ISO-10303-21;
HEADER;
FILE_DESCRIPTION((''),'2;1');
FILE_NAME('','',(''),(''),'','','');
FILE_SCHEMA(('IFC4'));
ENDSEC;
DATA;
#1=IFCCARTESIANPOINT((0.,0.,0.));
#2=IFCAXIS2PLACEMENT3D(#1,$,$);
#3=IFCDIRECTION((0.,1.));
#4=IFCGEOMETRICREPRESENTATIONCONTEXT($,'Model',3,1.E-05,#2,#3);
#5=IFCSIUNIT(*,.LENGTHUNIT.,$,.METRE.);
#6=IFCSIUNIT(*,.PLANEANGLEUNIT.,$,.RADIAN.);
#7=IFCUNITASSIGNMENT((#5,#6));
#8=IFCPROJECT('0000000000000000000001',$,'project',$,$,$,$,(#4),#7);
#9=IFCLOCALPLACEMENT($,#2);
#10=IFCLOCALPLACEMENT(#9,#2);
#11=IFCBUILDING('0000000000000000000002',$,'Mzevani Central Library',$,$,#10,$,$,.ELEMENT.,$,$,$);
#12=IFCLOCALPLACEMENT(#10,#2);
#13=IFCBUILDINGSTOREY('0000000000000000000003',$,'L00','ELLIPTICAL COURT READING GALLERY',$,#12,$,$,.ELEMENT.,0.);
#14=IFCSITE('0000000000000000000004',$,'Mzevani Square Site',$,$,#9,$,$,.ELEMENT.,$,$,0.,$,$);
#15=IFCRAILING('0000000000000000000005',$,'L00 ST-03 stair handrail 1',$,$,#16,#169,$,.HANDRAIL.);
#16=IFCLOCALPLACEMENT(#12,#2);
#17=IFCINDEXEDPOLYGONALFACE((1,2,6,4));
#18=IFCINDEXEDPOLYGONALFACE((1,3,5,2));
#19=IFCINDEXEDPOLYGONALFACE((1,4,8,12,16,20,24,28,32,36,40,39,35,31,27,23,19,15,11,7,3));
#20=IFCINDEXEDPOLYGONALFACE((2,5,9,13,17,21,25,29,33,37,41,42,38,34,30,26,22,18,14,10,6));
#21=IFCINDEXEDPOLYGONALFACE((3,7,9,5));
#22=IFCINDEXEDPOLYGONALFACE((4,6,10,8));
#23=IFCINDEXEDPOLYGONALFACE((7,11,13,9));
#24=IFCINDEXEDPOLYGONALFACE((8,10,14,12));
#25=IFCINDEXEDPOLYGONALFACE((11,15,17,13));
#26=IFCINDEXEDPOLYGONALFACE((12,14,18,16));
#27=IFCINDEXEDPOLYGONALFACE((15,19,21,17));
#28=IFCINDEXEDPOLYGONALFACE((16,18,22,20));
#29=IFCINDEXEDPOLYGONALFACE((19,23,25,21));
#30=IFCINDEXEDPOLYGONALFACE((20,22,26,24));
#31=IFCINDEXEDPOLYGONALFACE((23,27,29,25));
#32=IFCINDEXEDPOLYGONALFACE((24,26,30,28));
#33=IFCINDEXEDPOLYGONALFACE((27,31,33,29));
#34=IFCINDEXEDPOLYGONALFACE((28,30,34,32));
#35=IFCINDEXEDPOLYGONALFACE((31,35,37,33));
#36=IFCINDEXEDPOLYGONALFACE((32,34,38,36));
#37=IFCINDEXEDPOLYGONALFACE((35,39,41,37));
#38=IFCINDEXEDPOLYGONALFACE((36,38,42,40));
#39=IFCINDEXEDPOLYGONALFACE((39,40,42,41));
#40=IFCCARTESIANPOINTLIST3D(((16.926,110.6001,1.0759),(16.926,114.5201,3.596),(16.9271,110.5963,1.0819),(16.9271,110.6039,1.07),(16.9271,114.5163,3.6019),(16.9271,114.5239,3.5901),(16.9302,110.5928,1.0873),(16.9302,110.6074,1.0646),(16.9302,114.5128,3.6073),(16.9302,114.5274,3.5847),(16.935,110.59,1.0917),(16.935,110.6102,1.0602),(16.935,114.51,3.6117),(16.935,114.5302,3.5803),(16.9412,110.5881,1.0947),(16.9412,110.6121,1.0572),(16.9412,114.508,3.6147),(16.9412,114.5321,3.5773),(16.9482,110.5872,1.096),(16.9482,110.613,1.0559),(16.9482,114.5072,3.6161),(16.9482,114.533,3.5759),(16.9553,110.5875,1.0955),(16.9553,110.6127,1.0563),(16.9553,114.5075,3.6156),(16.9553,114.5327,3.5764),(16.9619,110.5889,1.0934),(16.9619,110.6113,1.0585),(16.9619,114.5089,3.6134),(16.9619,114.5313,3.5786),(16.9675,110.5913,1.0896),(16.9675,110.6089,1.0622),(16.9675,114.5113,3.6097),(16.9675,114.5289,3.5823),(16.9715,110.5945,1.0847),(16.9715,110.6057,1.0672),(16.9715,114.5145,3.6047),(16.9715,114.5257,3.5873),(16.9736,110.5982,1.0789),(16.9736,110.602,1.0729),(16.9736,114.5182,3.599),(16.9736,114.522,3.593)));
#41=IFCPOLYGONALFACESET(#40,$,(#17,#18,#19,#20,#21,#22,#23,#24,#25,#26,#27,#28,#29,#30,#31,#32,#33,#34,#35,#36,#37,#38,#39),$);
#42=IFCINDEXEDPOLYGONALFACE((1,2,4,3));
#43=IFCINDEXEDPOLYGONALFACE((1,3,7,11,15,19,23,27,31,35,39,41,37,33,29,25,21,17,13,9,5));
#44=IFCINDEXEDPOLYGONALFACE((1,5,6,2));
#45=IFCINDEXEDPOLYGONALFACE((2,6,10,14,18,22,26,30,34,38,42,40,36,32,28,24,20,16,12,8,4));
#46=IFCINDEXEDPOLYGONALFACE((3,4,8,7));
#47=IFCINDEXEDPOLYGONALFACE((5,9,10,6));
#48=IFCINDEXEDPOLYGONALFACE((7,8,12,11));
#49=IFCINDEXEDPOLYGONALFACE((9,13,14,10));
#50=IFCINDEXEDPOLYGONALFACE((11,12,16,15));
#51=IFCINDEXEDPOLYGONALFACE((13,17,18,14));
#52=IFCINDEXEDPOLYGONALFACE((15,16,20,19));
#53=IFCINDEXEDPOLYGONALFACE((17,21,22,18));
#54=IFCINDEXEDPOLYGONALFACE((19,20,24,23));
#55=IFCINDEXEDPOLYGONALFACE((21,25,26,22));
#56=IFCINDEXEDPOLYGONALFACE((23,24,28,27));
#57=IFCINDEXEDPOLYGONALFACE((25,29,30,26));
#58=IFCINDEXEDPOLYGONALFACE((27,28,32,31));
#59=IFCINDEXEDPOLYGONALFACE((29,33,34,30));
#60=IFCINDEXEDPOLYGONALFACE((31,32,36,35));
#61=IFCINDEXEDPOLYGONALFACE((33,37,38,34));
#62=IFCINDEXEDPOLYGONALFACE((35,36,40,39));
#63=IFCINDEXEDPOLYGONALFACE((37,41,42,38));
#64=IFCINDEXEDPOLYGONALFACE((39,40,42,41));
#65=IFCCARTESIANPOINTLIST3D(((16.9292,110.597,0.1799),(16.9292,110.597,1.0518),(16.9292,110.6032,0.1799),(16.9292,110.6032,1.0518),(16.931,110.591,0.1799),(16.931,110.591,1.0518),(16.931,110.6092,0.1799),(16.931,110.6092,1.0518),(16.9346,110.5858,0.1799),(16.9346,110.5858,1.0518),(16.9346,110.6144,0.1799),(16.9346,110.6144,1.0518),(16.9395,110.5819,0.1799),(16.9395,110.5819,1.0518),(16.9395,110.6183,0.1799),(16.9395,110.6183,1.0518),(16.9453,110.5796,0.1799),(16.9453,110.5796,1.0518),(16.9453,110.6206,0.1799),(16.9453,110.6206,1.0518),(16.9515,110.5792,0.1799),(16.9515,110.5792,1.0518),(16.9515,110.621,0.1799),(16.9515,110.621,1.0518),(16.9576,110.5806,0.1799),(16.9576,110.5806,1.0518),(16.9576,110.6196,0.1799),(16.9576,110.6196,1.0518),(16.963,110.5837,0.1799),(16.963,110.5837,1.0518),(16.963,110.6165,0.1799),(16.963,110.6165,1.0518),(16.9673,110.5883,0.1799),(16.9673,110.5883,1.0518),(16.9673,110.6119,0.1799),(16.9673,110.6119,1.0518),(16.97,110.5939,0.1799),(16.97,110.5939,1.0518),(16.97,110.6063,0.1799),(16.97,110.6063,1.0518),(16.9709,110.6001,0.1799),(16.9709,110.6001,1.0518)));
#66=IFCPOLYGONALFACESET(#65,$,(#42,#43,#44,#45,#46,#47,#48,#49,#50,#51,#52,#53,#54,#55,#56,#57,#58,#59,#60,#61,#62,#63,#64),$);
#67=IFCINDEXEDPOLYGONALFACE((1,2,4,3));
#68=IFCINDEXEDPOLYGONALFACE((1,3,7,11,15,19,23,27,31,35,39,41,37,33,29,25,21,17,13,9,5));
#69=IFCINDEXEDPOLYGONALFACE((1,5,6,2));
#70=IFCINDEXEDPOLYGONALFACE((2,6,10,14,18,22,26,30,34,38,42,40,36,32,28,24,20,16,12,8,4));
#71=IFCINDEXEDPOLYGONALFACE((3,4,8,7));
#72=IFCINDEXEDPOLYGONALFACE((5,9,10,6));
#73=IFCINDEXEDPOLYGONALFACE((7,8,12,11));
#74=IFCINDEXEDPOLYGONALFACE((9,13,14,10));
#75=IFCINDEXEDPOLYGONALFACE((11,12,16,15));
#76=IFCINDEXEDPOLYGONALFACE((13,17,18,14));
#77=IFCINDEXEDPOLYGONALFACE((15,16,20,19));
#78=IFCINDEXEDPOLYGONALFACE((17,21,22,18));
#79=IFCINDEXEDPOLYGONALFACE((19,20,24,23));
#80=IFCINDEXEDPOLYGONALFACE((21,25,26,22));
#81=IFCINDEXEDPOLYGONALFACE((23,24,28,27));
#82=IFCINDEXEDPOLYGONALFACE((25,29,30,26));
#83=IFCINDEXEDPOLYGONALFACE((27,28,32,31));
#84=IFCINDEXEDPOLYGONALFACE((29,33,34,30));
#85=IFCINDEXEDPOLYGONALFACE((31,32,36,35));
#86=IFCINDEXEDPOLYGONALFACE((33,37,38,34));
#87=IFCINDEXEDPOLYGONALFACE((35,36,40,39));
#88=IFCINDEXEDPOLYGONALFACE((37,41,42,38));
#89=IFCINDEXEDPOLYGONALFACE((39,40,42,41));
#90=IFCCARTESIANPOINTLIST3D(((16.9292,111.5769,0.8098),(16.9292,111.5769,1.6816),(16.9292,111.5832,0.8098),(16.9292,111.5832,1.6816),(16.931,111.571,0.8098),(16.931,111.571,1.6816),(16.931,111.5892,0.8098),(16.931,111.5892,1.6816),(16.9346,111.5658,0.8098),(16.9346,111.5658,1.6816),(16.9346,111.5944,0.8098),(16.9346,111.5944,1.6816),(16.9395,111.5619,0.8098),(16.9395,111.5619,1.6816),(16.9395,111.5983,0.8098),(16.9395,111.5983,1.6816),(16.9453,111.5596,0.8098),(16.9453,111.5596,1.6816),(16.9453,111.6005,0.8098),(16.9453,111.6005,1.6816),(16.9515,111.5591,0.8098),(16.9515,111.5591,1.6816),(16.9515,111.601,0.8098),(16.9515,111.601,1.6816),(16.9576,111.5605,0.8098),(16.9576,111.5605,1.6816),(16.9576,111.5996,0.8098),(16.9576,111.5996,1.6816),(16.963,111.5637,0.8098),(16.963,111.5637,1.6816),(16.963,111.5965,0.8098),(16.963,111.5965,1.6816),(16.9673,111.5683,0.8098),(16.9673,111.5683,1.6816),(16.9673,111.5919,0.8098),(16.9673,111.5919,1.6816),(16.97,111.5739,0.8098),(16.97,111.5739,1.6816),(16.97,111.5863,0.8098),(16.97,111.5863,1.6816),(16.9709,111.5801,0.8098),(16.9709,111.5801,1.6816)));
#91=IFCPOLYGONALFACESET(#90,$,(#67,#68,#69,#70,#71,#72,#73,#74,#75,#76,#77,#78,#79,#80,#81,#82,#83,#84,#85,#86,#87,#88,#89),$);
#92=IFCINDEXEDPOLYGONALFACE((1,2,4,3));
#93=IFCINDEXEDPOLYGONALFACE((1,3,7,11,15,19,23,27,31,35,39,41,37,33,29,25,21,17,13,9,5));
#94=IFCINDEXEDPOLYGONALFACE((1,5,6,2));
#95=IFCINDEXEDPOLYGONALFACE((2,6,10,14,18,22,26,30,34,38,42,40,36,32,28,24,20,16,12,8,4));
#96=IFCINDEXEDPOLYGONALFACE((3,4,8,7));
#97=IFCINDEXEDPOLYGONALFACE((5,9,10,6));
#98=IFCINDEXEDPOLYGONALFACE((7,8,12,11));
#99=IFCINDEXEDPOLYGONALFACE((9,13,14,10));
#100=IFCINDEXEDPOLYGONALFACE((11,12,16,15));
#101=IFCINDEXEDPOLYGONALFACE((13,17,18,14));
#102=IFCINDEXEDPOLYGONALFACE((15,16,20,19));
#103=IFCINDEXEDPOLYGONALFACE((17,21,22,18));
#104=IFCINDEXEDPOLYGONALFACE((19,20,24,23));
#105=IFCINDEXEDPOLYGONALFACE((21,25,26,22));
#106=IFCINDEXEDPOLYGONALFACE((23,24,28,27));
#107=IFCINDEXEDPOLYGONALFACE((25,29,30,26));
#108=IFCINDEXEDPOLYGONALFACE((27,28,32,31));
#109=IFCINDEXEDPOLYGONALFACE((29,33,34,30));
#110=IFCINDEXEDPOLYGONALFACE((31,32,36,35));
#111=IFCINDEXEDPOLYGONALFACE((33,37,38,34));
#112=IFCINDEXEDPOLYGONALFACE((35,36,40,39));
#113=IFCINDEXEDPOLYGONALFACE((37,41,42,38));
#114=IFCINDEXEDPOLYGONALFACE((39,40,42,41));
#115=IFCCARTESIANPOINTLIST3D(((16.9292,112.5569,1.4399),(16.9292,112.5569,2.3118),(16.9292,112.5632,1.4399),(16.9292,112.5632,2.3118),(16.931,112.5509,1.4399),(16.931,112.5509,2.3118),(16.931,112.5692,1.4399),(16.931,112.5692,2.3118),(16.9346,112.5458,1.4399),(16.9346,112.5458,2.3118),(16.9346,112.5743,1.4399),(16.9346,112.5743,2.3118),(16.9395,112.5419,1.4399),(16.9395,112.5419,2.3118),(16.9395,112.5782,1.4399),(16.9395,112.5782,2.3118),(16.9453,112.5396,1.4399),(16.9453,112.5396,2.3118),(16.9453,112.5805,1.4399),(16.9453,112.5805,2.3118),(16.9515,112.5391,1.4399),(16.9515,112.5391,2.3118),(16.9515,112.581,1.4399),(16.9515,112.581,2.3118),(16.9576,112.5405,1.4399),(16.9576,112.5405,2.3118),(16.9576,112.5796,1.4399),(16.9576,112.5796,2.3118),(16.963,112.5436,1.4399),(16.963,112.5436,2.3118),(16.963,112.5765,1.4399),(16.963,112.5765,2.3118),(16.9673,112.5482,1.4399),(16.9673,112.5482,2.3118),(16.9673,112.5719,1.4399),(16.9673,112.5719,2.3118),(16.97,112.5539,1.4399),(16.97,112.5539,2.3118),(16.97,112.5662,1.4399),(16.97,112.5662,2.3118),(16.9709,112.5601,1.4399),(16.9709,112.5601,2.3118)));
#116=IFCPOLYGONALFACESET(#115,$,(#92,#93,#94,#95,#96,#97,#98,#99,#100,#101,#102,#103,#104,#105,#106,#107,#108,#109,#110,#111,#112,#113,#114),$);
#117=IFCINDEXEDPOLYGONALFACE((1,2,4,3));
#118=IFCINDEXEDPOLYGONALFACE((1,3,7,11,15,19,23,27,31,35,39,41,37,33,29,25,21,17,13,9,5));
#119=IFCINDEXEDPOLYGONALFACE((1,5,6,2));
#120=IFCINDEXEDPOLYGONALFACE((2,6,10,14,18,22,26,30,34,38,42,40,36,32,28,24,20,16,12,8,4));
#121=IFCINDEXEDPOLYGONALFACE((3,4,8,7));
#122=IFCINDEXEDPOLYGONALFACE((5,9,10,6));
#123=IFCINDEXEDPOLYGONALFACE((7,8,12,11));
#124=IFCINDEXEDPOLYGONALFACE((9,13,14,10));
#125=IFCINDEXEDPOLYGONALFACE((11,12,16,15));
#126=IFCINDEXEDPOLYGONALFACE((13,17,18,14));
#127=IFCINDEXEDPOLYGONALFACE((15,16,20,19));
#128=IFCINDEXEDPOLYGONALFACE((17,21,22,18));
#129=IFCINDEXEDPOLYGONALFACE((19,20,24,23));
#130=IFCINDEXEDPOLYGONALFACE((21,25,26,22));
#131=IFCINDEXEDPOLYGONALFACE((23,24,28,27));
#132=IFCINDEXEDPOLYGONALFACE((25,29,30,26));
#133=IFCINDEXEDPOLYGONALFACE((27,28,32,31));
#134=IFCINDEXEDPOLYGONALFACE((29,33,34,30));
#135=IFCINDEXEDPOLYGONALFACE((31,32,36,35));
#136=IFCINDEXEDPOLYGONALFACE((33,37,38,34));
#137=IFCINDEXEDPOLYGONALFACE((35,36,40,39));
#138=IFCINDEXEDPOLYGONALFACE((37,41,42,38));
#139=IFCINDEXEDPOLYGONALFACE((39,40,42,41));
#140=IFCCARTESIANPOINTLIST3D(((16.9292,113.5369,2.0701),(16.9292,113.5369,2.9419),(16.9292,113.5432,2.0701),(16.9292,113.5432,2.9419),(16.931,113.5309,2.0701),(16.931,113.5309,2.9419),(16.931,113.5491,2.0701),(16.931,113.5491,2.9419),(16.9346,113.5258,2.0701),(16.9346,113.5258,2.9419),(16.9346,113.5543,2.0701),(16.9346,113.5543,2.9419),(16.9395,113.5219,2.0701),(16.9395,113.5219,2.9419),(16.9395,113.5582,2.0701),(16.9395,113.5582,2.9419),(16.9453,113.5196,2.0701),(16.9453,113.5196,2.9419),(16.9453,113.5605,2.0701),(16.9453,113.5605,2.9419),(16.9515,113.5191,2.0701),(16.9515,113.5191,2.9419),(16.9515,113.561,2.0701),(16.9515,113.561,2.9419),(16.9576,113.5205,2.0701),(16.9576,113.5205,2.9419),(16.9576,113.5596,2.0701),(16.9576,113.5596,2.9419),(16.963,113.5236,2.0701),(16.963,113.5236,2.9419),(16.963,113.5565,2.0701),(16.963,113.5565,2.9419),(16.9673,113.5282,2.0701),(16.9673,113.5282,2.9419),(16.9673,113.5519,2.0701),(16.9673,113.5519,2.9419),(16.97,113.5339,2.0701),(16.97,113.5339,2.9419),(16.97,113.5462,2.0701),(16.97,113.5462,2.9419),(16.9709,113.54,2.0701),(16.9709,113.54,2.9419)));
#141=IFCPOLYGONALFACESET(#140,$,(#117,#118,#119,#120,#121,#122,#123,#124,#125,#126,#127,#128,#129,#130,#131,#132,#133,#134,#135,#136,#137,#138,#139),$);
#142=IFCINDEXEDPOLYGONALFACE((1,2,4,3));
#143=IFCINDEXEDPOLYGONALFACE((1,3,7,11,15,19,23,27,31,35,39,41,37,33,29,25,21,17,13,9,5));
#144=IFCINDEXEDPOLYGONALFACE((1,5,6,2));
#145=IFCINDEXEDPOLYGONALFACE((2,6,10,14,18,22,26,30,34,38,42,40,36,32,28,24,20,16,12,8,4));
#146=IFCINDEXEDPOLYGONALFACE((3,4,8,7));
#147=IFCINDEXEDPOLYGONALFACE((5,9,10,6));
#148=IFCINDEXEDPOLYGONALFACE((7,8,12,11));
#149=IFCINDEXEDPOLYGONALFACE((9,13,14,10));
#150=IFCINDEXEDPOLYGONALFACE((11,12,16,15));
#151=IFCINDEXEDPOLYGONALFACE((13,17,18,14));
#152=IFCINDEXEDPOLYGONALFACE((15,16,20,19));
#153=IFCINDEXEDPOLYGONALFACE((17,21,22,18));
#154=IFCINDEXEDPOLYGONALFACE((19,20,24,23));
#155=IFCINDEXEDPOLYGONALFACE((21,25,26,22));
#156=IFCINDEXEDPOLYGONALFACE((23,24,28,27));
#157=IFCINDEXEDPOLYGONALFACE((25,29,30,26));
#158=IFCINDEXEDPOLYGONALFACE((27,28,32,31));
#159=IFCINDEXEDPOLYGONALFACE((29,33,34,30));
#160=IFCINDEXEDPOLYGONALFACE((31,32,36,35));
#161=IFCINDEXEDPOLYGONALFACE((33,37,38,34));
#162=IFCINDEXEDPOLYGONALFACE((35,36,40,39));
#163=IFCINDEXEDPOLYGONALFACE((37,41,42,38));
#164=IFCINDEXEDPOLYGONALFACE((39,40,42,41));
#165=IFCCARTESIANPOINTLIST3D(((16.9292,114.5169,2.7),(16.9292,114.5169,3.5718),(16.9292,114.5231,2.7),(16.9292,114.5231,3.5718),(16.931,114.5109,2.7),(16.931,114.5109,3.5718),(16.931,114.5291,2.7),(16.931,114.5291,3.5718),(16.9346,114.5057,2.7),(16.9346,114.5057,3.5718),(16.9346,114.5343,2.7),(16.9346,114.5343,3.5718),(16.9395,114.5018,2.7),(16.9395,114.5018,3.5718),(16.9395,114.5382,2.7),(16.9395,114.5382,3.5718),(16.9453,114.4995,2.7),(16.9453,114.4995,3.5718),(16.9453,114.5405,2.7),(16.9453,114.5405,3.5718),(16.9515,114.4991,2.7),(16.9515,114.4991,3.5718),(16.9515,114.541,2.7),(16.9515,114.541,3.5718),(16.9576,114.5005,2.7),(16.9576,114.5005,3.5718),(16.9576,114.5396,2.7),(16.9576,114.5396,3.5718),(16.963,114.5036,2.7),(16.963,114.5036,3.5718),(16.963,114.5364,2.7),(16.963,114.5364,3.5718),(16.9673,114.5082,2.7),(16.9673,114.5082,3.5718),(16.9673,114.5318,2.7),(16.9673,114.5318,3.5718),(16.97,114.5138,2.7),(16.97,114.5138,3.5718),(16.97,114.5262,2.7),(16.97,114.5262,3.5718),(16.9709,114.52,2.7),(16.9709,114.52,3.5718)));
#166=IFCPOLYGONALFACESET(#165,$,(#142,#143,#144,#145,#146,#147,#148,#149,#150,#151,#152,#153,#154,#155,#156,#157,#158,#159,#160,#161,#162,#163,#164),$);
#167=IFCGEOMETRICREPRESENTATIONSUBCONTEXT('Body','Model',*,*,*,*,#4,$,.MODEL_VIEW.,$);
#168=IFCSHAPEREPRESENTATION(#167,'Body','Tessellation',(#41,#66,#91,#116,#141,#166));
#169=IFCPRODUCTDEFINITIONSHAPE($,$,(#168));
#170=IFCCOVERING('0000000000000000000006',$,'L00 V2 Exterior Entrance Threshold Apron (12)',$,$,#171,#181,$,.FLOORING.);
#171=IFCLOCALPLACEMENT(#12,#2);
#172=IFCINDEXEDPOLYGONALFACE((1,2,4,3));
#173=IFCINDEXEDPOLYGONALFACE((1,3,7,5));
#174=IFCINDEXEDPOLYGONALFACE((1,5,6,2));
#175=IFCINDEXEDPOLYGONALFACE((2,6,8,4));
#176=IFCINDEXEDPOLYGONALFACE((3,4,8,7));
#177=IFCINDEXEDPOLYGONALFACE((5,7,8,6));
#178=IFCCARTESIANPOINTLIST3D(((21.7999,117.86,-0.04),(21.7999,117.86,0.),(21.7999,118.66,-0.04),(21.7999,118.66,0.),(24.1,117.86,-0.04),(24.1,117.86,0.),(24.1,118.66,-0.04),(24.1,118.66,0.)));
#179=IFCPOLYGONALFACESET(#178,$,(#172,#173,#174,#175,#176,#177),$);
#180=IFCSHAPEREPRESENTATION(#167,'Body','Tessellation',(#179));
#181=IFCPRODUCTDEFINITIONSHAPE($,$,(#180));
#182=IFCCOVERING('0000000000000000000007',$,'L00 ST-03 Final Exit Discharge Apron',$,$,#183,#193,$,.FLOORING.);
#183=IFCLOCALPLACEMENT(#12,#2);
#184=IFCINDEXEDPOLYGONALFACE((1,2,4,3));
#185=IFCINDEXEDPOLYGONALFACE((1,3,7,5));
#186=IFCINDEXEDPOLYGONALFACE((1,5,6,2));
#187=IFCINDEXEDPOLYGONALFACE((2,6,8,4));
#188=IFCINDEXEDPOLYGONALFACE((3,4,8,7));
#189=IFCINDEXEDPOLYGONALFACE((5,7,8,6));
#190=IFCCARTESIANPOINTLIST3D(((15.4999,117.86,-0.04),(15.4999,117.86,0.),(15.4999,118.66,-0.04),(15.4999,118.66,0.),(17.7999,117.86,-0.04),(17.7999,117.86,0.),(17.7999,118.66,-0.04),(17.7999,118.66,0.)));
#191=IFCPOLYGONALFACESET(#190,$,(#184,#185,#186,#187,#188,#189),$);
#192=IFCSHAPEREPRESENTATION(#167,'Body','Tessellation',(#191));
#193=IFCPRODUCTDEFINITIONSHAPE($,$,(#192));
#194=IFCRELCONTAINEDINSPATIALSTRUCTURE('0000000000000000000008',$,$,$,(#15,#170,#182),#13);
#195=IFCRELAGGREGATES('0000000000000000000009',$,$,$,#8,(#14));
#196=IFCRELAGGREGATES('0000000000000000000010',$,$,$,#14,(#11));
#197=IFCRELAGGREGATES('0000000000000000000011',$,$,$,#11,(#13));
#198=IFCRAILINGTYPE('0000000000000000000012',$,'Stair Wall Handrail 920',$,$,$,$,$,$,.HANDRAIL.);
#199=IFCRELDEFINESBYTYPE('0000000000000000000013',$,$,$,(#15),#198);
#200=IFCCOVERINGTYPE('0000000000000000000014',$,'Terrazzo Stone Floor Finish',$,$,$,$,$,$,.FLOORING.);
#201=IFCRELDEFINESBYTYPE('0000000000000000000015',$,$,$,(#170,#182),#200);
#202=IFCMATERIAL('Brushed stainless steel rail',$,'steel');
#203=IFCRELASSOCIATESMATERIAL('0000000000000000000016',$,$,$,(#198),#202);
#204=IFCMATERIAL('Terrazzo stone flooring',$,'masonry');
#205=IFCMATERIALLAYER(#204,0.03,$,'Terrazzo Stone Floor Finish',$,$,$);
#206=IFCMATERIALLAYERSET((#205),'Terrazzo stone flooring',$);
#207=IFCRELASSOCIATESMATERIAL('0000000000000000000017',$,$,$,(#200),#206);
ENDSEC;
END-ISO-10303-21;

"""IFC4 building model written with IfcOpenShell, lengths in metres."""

from ifc_helpers import new_model, si_unit, direction, frame, origin, origin_2d, place, context, subcontext, project, spatial, rectangle, circle, extrude, material, layer, layer_set, type_object, element, save


model = new_model("IFC4")

# Units and contexts
model_context = context("Model", 3, precision=1e-05, world=origin(), true_north=direction((0.0, 1.0)))
body_context = subcontext(model_context, "Body", "Model", "MODEL_VIEW")
ifc_project = project(units=[si_unit("LENGTHUNIT", "METRE"), si_unit("PLANEANGLEUNIT", "RADIAN")], contexts=[model_context])

# Site, building, storey
site_placement = place(None, origin())
site = spatial("IfcSite", under=ifc_project, at=site_placement, Name="Mzevani Square Site", CompositionType="ELEMENT", RefElevation=0.0)
building_placement = place(site_placement, origin())
building = spatial("IfcBuilding", under=site, at=building_placement, Name="Mzevani Central Library", CompositionType="ELEMENT")
storey_placement = place(building_placement, origin())
storey = spatial("IfcBuildingStorey", under=building, at=storey_placement, Name="L00", Description="ELLIPTICAL COURT READING GALLERY", CompositionType="ELEMENT", Elevation=0.0)

# Railing
ifc_material_1 = material(Name="Brushed stainless steel rail", Category="steel")
railing_type_1 = type_object("IfcRailingType", Name="Stair Wall Handrail 920", PredefinedType="HANDRAIL", material=ifc_material_1)
railing_1_placement = place(storey_placement, frame((16.95, 110.6001, 0.1799)))
element("IfcRailing", 1, at=railing_1_placement, inside=storey, type_object=railing_type_1, Name="L00 ST-03 stair handrail 1", PredefinedType="HANDRAIL", context=body_context, shape_type="SweptSolid", body=[
    extrude(circle(Radius=0.0239, at=origin_2d()), frame((0.0, 0.0, 0.896), z_axis=(0.0, 0.841172, 0.540768), x_axis=(-1.0, 0.0, 0.0)), (0.0, 0.0, 1.0), 4.6602),
    extrude(circle(Radius=0.021, at=origin_2d()), origin(), (0.0, 0.0, 1.0), 0.8718),
    extrude(circle(Radius=0.021, at=origin_2d()), frame((0.0, 0.98, 0.6299)), (0.0, 0.0, 1.0), 0.8718),
    extrude(circle(Radius=0.021, at=origin_2d()), frame((0.0, 1.96, 1.26)), (0.0, 0.0, 1.0), 0.8718),
    extrude(circle(Radius=0.021, at=origin_2d()), frame((0.0, 2.9399, 1.8901)), (0.0, 0.0, 1.0), 0.8718),
    extrude(circle(Radius=0.021, at=origin_2d()), frame((0.0, 3.9199, 2.52)), (0.0, 0.0, 1.0), 0.8718),
])

# Coverings
ifc_material_2 = material(Name="Terrazzo stone flooring", Category="masonry")
ifc_layer_1 = layer(ifc_material_2, 0.03, Name="Terrazzo Stone Floor Finish")
ifc_layer_set_1 = layer_set([ifc_layer_1], Name="Terrazzo stone flooring")
covering_type = type_object("IfcCoveringType", Name="Terrazzo Stone Floor Finish", PredefinedType="FLOORING", material=ifc_layer_set_1)
for number, where, z_axis, x_axis, name in (
    (2, (22.95, 118.26, -0.04), (0.0, 0.0, 1.0), (1.0, 0.0, 0.0), "L00 V2 Exterior Entrance Threshold Apron (12)"),
    (3, (16.6499, 118.26, -0.04), (0.0, 0.0, 1.0), (1.0, 0.0, 0.0), "L00 ST-03 Final Exit Discharge Apron"),
):
    element("IfcCovering", number, at=place(storey_placement, frame(where, z_axis=z_axis, x_axis=x_axis)), inside=storey, type_object=covering_type, Name=name, PredefinedType="FLOORING", context=body_context, shape_type="SweptSolid", body=[
        extrude(rectangle(XDim=2.3, YDim=0.8, at=origin_2d()), origin(), (0.0, 0.0, 1.0), 0.04),
    ])

save(model, "model.ifc")
